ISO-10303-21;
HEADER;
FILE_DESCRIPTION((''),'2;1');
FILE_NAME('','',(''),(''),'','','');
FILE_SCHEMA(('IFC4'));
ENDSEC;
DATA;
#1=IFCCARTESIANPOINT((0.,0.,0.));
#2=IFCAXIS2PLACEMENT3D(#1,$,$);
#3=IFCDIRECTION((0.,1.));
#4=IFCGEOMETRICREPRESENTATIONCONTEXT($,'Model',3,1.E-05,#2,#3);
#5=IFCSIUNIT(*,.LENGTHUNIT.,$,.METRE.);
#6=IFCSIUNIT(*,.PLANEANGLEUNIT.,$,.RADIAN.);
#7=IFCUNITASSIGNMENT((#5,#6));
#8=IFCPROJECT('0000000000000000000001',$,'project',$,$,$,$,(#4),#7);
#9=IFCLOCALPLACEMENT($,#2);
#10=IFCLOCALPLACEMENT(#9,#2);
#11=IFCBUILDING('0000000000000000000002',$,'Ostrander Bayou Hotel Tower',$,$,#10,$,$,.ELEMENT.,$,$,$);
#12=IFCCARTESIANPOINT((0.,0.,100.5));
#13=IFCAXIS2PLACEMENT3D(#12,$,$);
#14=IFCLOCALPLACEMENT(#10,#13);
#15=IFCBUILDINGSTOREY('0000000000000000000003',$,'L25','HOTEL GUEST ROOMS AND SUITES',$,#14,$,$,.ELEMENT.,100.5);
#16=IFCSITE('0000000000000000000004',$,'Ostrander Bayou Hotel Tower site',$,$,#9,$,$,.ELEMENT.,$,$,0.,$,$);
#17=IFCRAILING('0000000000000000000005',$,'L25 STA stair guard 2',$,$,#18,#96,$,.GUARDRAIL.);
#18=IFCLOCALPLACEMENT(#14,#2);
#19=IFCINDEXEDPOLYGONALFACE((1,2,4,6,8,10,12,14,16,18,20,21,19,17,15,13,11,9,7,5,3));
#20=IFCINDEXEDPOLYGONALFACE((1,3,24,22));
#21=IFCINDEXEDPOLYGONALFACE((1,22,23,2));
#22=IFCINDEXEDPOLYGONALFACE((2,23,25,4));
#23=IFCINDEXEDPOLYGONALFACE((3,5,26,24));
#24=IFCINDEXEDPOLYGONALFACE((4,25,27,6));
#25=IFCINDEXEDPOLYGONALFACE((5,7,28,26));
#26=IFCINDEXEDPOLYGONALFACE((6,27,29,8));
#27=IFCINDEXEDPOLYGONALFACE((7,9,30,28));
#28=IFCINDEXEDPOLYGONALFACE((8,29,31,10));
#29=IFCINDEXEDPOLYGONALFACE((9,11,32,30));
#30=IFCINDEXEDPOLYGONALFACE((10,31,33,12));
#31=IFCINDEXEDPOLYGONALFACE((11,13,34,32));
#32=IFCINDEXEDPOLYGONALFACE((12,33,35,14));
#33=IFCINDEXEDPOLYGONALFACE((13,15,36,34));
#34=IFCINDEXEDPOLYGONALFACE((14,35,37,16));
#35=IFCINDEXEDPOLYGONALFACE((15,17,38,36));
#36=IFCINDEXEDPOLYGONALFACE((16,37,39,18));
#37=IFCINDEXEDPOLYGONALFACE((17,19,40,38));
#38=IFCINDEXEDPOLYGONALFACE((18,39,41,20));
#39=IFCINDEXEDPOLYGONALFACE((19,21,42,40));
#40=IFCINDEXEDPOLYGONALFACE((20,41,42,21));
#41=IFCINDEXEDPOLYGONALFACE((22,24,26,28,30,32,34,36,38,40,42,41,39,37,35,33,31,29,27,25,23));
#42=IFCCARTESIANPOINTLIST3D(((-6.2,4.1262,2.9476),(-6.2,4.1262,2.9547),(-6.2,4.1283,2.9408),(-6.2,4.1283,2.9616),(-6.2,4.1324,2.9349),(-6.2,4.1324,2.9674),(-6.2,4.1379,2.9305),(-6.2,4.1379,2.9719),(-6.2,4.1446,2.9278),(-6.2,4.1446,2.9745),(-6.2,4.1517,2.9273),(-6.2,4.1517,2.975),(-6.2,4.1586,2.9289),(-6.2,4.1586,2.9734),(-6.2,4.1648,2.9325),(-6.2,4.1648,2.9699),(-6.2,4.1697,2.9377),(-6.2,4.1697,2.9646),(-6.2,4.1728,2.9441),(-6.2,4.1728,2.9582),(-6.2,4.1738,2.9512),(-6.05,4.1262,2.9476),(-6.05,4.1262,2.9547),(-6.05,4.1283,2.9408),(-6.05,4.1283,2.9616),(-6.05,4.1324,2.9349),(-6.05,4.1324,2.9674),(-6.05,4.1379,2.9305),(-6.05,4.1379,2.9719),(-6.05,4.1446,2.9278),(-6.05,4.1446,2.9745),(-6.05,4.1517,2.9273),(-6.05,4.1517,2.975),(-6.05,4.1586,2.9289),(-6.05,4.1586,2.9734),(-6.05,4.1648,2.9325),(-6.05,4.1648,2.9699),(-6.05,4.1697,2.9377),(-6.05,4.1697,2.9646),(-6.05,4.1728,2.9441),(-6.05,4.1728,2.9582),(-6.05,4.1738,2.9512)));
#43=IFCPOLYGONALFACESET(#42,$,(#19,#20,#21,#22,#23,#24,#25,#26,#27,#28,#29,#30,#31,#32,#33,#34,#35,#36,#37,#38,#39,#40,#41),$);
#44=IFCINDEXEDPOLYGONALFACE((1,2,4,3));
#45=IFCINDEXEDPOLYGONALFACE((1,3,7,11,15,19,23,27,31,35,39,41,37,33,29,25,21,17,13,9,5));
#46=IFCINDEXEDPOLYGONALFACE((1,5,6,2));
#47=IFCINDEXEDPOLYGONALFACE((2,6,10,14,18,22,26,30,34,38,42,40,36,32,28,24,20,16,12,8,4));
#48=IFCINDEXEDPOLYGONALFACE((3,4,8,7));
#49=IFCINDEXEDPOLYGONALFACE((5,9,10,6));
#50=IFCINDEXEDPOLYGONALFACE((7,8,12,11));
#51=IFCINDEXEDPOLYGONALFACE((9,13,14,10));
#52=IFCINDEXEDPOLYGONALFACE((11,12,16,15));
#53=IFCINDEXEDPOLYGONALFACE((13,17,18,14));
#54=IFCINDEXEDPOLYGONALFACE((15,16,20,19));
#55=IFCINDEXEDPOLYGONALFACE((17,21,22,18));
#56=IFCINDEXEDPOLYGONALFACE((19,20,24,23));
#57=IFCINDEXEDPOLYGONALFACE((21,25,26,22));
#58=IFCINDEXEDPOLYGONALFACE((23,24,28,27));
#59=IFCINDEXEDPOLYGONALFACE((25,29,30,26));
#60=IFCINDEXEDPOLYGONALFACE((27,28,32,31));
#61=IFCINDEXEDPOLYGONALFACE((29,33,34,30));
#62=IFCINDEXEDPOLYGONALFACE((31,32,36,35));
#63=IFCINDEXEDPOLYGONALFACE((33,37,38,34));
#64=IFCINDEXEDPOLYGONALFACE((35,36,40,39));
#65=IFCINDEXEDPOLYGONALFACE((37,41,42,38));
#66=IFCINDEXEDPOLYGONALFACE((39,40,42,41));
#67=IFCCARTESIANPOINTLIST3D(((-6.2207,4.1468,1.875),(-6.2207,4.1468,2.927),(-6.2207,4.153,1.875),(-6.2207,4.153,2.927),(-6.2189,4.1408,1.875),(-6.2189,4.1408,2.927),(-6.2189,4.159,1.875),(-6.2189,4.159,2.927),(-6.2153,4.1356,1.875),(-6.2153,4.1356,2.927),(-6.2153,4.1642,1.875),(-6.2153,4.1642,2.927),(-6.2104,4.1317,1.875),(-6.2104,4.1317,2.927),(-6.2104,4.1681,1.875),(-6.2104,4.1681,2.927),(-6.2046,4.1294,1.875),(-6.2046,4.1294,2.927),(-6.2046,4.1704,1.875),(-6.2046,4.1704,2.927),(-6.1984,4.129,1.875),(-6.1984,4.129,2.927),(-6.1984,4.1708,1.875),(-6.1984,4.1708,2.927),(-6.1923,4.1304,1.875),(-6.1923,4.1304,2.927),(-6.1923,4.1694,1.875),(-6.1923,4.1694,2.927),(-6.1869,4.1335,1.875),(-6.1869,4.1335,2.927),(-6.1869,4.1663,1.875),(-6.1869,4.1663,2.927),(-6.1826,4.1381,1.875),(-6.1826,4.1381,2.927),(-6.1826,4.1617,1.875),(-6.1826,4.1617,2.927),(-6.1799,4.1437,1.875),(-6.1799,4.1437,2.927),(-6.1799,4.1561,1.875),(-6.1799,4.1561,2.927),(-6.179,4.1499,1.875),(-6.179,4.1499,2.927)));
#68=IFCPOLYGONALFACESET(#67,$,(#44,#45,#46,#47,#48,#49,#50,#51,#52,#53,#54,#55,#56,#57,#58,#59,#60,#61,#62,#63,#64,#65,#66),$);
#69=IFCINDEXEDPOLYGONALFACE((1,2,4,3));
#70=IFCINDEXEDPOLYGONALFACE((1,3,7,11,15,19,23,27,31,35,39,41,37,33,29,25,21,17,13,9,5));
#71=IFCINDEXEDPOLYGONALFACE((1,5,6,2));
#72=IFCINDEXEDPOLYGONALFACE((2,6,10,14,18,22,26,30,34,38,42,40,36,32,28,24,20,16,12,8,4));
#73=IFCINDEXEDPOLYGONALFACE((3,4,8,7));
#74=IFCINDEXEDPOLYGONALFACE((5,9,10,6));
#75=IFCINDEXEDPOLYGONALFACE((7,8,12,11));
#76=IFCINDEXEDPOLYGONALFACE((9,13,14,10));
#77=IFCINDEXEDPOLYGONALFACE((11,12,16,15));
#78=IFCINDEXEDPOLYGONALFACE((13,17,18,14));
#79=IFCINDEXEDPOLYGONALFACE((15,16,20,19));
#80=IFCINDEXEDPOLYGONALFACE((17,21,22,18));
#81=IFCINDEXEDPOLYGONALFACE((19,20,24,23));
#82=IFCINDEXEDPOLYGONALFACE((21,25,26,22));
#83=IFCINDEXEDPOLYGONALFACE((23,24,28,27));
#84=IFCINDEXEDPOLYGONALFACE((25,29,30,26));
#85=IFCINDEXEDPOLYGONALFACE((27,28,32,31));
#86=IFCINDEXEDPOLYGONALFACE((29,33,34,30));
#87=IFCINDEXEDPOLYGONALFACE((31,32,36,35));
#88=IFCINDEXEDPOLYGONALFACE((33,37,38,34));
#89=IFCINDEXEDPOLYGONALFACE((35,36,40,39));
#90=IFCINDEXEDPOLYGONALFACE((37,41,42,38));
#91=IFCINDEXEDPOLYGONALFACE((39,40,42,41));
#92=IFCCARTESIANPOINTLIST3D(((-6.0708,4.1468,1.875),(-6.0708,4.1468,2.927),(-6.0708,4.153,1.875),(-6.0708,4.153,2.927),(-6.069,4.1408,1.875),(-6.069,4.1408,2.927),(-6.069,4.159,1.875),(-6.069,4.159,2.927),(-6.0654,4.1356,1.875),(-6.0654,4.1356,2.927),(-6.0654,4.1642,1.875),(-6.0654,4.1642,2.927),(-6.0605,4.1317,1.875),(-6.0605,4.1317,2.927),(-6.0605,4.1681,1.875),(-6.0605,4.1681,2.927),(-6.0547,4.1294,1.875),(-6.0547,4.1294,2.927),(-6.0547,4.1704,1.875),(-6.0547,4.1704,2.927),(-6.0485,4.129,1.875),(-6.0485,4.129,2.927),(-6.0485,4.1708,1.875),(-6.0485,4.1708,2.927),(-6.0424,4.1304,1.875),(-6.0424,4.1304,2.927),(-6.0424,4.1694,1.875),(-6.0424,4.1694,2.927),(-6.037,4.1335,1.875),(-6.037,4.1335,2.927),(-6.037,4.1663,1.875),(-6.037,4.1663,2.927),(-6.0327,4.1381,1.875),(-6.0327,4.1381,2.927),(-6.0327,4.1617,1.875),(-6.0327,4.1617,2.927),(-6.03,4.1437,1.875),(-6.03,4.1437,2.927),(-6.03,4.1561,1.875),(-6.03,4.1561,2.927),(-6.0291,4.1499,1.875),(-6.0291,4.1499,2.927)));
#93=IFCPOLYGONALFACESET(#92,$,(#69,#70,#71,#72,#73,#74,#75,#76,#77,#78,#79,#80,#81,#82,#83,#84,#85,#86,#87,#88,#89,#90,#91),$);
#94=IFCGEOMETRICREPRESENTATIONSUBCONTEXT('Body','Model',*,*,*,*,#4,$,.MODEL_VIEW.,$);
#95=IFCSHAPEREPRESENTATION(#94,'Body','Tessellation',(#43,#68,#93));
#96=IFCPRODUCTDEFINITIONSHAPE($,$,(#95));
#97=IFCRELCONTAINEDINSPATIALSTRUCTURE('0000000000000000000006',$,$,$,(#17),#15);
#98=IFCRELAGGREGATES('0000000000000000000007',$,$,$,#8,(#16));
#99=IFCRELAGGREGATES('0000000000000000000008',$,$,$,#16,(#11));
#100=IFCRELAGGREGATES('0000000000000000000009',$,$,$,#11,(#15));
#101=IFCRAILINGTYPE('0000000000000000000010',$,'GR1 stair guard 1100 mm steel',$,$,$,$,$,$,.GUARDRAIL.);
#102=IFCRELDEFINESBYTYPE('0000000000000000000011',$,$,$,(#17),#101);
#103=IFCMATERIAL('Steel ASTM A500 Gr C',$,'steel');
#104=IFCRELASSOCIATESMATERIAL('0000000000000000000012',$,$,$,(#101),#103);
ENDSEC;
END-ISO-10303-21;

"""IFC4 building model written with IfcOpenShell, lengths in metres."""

from ifc_helpers import new_model, si_unit, direction, frame, origin, origin_2d, place, context, subcontext, project, spatial, circle, extrude, material, type_object, element, save


model = new_model("IFC4")

# Units and contexts
model_context = context("Model", 3, precision=1e-05, world=origin(), true_north=direction((0.0, 1.0)))
body_context = subcontext(model_context, "Body", "Model", "MODEL_VIEW")
ifc_project = project(units=[si_unit("LENGTHUNIT", "METRE"), si_unit("PLANEANGLEUNIT", "RADIAN")], contexts=[model_context])

# Site, building, storey
site_placement = place(None, origin())
site = spatial("IfcSite", under=ifc_project, at=site_placement, Name="Ostrander Bayou Hotel Tower site", CompositionType="ELEMENT", RefElevation=0.0)
building_placement = place(site_placement, origin())
building = spatial("IfcBuilding", under=site, at=building_placement, Name="Ostrander Bayou Hotel Tower", CompositionType="ELEMENT")
storey_placement = place(building_placement, frame((0.0, 0.0, 100.5)))
storey = spatial("IfcBuildingStorey", under=building, at=storey_placement, Name="L25", Description="HOTEL GUEST ROOMS AND SUITES", CompositionType="ELEMENT", Elevation=100.5)

# Railing
ifc_material_1 = material(Name="Steel ASTM A500 Gr C", Category="steel")
railing_type_1 = type_object("IfcRailingType", Name="GR1 stair guard 1100 mm steel", PredefinedType="GUARDRAIL", material=ifc_material_1)
railing_1_placement = place(storey_placement, frame((-6.2, 4.1499, 1.875)))
element("IfcRailing", 1, at=railing_1_placement, inside=storey, type_object=railing_type_1, Name="L25 STA stair guard 2", PredefinedType="GUARDRAIL", context=body_context, shape_type="SweptSolid", body=[
    extrude(circle(Radius=0.0239, at=origin_2d()), frame((0.0, 0.0, 1.0762), z_axis=(1.0, 0.0, 0.0), x_axis=(0.0, 1.0, 0.0)), (0.0, 0.0, 1.0), 0.1499),
    extrude(circle(Radius=0.021, at=origin_2d()), origin(), (0.0, 0.0, 1.0), 1.052),
    extrude(circle(Radius=0.021, at=origin_2d()), frame((0.1499, 0.0, 0.0)), (0.0, 0.0, 1.0), 1.052),
])

save(model, "model.ifc")
